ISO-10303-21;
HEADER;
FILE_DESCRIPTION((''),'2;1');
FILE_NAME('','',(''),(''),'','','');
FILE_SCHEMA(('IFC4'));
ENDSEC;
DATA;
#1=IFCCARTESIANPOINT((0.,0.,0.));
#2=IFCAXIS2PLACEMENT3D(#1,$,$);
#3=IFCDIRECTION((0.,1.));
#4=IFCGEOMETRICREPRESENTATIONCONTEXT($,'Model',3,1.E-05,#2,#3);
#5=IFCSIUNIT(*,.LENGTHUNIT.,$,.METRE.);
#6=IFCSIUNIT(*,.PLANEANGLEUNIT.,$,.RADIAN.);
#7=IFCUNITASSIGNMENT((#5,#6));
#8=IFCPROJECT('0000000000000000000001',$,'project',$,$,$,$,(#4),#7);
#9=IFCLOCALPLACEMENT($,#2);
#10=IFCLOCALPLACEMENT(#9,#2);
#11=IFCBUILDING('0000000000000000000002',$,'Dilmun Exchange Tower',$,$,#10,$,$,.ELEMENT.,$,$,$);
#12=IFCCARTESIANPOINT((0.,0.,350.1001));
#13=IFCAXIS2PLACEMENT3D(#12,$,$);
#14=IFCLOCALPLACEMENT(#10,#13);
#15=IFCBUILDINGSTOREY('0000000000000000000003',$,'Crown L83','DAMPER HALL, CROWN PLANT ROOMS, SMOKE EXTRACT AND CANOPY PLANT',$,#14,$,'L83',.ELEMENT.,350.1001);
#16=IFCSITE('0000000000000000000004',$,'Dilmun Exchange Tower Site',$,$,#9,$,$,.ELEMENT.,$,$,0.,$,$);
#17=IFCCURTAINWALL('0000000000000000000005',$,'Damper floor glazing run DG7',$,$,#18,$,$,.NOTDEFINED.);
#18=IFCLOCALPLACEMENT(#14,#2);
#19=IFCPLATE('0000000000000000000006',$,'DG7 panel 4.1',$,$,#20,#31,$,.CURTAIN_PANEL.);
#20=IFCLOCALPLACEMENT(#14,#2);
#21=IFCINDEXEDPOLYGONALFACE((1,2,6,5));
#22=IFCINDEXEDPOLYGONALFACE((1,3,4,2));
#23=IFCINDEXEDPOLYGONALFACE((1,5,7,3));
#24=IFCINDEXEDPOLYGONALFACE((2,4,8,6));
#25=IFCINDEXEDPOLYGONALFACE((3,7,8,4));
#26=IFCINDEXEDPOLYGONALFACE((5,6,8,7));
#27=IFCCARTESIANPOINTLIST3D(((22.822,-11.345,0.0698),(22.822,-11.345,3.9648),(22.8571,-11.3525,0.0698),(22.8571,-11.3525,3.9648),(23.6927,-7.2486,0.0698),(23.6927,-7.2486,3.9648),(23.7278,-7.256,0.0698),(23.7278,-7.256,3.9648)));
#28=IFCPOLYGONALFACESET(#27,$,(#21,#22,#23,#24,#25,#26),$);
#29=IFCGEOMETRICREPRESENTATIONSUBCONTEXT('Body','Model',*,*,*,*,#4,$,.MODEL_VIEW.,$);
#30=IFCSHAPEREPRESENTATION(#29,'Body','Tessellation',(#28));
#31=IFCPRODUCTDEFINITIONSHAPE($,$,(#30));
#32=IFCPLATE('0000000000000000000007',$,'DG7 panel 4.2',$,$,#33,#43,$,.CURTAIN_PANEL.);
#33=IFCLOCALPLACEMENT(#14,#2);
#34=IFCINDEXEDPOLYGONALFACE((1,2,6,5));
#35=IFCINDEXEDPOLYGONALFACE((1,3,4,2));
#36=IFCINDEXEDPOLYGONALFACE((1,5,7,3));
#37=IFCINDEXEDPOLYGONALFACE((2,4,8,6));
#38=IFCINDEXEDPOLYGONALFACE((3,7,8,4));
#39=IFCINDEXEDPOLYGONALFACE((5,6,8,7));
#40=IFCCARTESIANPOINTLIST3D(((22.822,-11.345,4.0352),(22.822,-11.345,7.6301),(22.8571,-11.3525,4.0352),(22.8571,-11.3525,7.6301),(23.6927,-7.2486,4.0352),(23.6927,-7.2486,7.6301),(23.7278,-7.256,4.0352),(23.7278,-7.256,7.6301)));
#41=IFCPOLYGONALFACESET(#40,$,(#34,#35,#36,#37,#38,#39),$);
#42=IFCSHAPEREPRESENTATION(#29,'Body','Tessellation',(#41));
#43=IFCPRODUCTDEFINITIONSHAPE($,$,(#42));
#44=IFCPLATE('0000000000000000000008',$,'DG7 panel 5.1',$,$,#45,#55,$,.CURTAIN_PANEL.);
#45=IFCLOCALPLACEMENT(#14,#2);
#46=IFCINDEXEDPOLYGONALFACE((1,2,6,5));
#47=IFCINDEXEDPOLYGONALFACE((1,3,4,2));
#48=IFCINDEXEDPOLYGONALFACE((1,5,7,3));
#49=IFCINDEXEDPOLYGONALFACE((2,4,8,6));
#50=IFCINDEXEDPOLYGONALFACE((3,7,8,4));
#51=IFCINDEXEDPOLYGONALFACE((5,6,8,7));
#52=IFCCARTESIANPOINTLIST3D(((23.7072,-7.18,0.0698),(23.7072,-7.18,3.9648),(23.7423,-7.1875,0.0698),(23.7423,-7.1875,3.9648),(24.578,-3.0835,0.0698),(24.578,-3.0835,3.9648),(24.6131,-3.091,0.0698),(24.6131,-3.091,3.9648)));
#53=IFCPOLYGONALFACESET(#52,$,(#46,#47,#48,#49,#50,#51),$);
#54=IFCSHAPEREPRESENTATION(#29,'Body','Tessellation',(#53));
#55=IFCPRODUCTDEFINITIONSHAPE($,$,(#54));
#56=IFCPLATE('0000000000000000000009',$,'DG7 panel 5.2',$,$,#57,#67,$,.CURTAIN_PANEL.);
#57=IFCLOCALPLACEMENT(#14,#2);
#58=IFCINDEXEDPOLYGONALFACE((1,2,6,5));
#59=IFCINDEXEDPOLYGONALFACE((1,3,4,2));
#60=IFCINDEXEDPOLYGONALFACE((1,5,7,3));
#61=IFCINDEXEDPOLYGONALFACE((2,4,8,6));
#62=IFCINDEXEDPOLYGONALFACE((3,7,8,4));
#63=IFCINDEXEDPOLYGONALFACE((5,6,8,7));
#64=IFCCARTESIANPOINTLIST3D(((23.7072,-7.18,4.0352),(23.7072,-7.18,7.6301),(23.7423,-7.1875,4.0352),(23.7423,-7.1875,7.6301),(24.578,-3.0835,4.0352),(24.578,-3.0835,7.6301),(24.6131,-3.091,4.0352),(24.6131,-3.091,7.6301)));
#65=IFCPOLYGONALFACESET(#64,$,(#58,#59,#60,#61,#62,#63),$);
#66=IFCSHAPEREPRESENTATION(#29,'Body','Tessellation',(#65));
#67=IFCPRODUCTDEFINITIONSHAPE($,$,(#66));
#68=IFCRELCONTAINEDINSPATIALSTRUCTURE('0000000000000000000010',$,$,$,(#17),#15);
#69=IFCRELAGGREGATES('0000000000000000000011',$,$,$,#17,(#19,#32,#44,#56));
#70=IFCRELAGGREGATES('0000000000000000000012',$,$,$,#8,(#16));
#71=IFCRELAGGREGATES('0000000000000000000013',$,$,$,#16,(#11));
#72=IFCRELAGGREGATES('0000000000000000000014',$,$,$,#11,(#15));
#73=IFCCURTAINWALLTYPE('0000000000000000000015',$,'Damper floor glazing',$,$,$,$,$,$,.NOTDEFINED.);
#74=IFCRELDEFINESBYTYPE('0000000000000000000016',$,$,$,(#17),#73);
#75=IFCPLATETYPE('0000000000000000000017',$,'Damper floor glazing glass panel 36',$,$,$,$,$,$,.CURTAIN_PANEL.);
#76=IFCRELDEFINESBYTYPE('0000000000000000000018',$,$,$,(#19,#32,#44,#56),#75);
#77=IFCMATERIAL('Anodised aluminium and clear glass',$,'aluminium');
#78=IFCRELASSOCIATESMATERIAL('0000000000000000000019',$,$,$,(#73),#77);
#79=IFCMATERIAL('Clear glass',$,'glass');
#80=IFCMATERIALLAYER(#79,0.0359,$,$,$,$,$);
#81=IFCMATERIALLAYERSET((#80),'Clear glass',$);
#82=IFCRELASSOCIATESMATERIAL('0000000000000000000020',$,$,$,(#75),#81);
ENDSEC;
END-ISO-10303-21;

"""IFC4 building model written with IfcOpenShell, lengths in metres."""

from ifc_helpers import new_model, si_unit, direction, frame, origin, origin_2d, place, context, subcontext, project, spatial, rectangle, extrude, material, layer, layer_set, type_object, element, aggregate, save


model = new_model("IFC4")

# Units and contexts
model_context = context("Model", 3, precision=1e-05, world=origin(), true_north=direction((0.0, 1.0)))
body_context = subcontext(model_context, "Body", "Model", "MODEL_VIEW")
ifc_project = project(units=[si_unit("LENGTHUNIT", "METRE"), si_unit("PLANEANGLEUNIT", "RADIAN")], contexts=[model_context])

# Site, building, storey
site_placement = place(None, origin())
site = spatial("IfcSite", under=ifc_project, at=site_placement, Name="Dilmun Exchange Tower Site", CompositionType="ELEMENT", RefElevation=0.0)
building_placement = place(site_placement, origin())
building = spatial("IfcBuilding", under=site, at=building_placement, Name="Dilmun Exchange Tower", CompositionType="ELEMENT")
storey_placement = place(building_placement, frame((0.0, 0.0, 350.1001)))
storey = spatial("IfcBuildingStorey", under=building, at=storey_placement, Name="Crown L83", Description="DAMPER HALL, CROWN PLANT ROOMS, SMOKE EXTRACT AND CANOPY PLANT", LongName="L83", CompositionType="ELEMENT", Elevation=350.1001)

# Curtain wall
ifc_material_1 = material(Name="Anodised aluminium and clear glass", Category="aluminium")
curtain_wall_type = type_object("IfcCurtainWallType", Name="Damper floor glazing", PredefinedType="NOTDEFINED", material=ifc_material_1)
curtain_wall_placement = place(storey_placement, origin())
curtain_wall = element("IfcCurtainWall", 1, at=curtain_wall_placement, inside=storey, type_object=curtain_wall_type, Name="Damper floor glazing run DG7", PredefinedType="NOTDEFINED")

# Plates
ifc_material_2 = material(Name="Clear glass", Category="glass")
ifc_layer = layer(ifc_material_2, 0.0359)
ifc_layer_set = layer_set([ifc_layer], Name="Clear glass")
plate_type = type_object("IfcPlateType", Name="Damper floor glazing glass panel 36", PredefinedType="CURTAIN_PANEL", material=ifc_layer_set)
plate_1_placement = place(storey_placement, frame((23.2749, -9.3005, 0.0698), z_axis=(0.0, 0.0, 1.0), x_axis=(0.207913, 0.978147, 0.0)))
plate_1 = element("IfcPlate", 2, at=plate_1_placement, type_object=plate_type, Name="DG7 panel 4.1", PredefinedType="CURTAIN_PANEL", context=body_context, shape_type="SweptSolid", body=[
    extrude(rectangle(XDim=4.188, YDim=0.0359, at=origin_2d()), origin(), (0.0, 0.0, 1.0), 3.895),
])
plate_2_placement = place(storey_placement, frame((23.2749, -9.3005, 4.0352), z_axis=(0.0, 0.0, 1.0), x_axis=(0.207913, 0.978147, 0.0)))
plate_2 = element("IfcPlate", 3, at=plate_2_placement, type_object=plate_type, Name="DG7 panel 4.2", PredefinedType="CURTAIN_PANEL", context=body_context, shape_type="SweptSolid", body=[
    extrude(rectangle(XDim=4.188, YDim=0.0359, at=origin_2d()), origin(), (0.0, 0.0, 1.0), 3.595),
])
plate_3_placement = place(storey_placement, frame((24.1602, -5.1355, 0.0698), z_axis=(0.0, 0.0, 1.0), x_axis=(0.207913, 0.978147, 0.0)))
plate_3 = element("IfcPlate", 4, at=plate_3_placement, type_object=plate_type, Name="DG7 panel 5.1", PredefinedType="CURTAIN_PANEL", context=body_context, shape_type="SweptSolid", body=[
    extrude(rectangle(XDim=4.188, YDim=0.0359, at=origin_2d()), origin(), (0.0, 0.0, 1.0), 3.895),
])
plate_4_placement = place(storey_placement, frame((24.1602, -5.1355, 4.0352), z_axis=(0.0, 0.0, 1.0), x_axis=(0.207913, 0.978147, 0.0)))
plate_4 = element("IfcPlate", 5, at=plate_4_placement, type_object=plate_type, Name="DG7 panel 5.2", PredefinedType="CURTAIN_PANEL", context=body_context, shape_type="SweptSolid", body=[
    extrude(rectangle(XDim=4.188, YDim=0.0359, at=origin_2d()), origin(), (0.0, 0.0, 1.0), 3.595),
])
aggregate(curtain_wall, [plate_1, plate_2, plate_3, plate_4])

save(model, "model.ifc")
